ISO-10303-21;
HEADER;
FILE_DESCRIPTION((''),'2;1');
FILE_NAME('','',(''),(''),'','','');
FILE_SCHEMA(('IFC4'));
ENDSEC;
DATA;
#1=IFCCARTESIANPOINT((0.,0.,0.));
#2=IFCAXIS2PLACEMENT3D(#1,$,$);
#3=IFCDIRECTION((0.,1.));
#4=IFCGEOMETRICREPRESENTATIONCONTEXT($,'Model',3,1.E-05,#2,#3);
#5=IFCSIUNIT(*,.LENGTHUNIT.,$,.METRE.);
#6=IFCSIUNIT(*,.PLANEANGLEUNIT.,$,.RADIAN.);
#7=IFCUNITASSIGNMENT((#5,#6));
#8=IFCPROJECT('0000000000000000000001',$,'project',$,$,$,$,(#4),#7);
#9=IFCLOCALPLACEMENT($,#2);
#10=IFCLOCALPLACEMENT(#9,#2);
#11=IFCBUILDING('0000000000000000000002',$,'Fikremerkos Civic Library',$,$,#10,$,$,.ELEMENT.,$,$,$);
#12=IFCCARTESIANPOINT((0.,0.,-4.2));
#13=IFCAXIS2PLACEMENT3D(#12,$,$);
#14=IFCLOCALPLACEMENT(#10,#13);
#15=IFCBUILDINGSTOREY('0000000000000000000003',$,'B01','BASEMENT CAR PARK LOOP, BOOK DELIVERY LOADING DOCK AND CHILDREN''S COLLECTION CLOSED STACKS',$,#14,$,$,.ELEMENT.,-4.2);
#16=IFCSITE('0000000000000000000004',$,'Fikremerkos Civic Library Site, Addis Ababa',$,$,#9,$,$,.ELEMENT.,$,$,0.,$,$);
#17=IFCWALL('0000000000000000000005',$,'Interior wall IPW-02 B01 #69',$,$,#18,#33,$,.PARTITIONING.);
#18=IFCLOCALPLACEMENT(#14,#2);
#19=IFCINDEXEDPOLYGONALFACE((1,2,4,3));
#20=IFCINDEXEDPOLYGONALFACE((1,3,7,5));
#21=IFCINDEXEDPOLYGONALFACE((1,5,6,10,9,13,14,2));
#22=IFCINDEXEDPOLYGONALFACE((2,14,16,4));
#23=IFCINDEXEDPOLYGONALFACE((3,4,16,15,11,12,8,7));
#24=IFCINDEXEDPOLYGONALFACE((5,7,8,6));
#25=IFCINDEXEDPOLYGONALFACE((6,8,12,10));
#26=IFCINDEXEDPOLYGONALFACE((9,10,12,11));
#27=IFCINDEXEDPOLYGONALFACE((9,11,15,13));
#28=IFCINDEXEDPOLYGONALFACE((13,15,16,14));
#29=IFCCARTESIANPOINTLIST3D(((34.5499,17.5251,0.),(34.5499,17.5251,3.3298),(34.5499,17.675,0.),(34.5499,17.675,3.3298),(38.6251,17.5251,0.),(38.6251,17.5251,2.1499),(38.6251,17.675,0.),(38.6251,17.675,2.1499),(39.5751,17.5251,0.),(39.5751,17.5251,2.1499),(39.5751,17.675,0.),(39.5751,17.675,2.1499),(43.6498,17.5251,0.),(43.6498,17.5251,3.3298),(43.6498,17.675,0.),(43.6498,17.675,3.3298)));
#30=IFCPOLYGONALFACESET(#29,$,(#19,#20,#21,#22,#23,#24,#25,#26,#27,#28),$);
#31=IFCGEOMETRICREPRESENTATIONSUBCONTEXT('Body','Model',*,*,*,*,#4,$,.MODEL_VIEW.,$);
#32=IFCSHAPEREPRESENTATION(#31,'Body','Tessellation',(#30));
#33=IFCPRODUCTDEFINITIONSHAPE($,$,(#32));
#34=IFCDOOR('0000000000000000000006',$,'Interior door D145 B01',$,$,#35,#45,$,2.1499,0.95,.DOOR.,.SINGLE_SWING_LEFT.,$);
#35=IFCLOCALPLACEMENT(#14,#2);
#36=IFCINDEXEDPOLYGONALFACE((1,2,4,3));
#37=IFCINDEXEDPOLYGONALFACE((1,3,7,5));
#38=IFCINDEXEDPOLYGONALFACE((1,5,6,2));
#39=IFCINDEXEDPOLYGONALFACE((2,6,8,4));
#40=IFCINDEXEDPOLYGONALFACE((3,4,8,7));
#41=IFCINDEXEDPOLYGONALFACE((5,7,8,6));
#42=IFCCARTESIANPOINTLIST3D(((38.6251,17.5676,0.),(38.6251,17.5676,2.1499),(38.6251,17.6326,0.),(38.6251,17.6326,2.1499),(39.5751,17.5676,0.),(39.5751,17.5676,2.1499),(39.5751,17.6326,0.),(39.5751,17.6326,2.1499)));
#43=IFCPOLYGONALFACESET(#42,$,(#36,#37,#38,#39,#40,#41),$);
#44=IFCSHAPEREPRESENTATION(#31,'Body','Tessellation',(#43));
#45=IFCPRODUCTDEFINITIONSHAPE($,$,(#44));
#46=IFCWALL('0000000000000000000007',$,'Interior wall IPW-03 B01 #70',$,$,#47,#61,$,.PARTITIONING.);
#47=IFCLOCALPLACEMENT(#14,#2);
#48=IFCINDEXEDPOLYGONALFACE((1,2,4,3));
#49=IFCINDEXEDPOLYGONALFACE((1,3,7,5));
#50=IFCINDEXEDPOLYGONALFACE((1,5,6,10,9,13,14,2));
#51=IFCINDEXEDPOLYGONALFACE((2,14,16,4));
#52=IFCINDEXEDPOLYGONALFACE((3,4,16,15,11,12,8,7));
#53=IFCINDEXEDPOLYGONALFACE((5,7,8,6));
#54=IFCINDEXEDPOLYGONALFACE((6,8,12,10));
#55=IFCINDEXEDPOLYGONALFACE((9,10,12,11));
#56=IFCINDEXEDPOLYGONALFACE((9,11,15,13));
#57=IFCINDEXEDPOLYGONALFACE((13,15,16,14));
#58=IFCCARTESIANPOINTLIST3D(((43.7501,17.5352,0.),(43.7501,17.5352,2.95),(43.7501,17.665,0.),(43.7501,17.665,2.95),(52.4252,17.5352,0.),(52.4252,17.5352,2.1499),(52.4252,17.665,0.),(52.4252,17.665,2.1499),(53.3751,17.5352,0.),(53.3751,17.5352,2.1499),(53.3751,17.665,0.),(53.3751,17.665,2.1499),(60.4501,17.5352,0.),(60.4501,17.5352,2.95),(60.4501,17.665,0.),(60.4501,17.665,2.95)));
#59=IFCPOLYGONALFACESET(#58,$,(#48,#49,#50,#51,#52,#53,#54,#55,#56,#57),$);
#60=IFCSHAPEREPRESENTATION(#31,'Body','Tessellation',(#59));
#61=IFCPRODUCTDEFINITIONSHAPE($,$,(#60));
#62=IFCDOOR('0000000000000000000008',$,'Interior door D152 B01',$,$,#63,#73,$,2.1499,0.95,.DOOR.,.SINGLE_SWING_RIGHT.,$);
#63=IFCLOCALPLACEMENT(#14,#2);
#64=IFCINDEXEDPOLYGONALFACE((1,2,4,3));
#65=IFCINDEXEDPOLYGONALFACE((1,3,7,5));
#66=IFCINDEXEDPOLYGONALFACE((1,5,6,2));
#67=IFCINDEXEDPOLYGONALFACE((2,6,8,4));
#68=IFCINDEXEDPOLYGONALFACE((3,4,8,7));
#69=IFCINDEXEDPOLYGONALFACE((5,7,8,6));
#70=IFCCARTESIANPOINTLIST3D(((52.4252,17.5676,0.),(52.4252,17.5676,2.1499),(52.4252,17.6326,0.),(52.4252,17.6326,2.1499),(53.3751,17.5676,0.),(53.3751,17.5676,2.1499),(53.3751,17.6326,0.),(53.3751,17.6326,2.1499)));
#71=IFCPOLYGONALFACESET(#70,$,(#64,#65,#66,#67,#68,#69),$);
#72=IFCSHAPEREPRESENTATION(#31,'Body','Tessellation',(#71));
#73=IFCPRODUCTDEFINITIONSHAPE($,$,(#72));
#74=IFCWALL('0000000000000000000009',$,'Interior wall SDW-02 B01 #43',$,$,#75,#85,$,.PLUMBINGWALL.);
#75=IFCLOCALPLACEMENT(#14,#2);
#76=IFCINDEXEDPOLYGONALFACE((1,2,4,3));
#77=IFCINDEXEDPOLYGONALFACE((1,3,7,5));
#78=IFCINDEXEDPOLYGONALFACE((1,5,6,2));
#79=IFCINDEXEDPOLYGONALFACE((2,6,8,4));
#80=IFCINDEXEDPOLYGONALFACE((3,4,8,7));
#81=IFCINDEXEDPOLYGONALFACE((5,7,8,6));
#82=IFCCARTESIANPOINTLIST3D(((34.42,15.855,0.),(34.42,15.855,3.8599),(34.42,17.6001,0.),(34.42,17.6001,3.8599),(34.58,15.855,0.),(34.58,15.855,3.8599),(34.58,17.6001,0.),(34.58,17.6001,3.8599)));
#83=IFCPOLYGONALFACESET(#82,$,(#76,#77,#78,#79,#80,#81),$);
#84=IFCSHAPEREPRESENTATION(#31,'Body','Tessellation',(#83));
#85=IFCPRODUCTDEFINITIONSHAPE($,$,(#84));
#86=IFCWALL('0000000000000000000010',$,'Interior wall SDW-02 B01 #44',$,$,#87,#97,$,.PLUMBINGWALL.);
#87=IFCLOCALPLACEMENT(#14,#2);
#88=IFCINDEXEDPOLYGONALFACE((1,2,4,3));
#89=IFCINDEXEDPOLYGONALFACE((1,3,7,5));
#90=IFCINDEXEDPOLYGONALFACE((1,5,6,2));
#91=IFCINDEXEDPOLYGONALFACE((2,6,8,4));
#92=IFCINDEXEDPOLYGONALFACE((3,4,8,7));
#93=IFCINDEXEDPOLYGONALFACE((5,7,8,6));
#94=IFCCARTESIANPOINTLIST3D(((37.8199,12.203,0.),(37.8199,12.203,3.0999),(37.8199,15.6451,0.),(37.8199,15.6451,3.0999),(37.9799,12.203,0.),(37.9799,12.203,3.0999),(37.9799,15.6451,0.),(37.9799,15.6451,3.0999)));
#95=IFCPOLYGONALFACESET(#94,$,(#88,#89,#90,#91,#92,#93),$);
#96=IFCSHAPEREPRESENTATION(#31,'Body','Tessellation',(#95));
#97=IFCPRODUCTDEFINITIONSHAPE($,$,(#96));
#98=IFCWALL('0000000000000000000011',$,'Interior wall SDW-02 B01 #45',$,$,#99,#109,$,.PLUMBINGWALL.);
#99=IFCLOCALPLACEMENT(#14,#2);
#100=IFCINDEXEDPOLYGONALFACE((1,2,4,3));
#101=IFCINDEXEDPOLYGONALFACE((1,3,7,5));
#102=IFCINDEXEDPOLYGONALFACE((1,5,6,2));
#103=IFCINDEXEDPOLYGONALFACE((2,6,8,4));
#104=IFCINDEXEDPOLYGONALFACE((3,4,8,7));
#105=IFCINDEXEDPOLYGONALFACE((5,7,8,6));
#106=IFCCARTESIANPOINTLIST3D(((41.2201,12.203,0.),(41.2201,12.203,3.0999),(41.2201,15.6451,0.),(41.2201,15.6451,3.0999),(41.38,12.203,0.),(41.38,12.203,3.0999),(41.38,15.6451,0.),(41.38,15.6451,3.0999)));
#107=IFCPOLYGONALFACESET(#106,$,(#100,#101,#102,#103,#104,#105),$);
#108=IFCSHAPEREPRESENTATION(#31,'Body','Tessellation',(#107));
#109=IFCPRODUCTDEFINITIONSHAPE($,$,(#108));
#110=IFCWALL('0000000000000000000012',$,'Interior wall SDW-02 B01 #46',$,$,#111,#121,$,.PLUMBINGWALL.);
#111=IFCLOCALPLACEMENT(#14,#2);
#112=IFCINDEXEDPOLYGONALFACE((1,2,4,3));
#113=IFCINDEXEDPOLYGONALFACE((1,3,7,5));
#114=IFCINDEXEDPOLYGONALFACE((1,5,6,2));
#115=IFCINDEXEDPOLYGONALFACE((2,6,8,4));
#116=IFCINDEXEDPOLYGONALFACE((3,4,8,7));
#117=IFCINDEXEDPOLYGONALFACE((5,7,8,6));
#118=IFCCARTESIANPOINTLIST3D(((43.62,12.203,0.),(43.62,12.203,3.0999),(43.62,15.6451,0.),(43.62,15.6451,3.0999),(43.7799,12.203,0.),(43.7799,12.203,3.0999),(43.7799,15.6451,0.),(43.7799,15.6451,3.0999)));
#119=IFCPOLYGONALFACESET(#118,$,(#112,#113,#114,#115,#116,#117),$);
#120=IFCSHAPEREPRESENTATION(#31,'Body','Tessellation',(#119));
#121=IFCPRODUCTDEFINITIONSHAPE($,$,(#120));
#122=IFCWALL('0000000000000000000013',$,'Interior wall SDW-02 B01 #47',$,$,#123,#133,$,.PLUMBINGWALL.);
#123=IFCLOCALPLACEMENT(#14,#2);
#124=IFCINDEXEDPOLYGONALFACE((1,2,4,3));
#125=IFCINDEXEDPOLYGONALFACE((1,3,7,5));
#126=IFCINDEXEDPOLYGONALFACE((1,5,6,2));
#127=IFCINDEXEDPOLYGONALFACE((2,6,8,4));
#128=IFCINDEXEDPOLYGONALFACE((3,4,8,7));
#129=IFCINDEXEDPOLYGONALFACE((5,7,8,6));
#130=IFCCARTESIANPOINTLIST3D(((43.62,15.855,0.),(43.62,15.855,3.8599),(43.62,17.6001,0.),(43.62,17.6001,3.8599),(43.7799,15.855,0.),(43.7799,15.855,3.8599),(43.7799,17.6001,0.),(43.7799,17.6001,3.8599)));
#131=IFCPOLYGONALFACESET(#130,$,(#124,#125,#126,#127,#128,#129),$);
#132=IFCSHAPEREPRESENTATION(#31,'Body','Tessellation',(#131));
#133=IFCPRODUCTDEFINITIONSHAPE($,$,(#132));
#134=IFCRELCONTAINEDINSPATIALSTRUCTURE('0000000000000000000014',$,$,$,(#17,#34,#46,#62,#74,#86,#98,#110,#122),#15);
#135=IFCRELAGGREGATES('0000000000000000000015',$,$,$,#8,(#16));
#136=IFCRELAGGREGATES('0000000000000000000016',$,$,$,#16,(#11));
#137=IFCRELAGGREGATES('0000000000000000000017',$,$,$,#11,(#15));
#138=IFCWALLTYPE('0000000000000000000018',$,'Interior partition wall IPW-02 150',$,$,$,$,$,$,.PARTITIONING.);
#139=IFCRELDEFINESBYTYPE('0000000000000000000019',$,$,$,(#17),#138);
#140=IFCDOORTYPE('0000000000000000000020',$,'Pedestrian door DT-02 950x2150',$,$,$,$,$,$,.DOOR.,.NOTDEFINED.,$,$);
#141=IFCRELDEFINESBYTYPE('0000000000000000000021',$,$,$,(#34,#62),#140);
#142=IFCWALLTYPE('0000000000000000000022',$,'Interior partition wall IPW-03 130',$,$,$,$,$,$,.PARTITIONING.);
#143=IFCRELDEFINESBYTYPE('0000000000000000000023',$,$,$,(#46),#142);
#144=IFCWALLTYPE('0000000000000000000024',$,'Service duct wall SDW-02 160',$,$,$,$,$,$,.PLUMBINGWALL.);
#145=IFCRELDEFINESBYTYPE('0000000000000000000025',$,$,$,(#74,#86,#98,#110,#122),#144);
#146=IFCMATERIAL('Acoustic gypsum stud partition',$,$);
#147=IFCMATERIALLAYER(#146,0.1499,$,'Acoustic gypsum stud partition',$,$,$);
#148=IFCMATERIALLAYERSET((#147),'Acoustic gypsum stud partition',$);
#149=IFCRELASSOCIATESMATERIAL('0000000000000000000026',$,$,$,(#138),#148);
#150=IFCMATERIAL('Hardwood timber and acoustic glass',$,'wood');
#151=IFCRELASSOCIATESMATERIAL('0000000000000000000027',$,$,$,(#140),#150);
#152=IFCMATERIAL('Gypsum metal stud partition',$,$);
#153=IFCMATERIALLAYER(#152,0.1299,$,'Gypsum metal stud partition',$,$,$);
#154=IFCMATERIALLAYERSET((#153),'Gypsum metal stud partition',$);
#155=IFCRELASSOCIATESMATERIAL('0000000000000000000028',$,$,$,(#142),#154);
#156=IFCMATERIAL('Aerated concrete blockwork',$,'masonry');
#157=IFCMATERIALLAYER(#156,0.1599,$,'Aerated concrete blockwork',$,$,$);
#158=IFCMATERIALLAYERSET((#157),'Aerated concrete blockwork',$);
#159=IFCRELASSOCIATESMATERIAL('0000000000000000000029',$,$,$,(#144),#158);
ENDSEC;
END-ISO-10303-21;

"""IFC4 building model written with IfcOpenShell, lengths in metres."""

from ifc_helpers import new_model, si_unit, direction, frame, frame_2d, origin, place, context, subcontext, project, spatial, rectangle, extrude, material, layer, layer_set, type_object, element, fill, save


model = new_model("IFC4")

# Units and contexts
model_context = context("Model", 3, precision=1e-05, world=origin(), true_north=direction((0.0, 1.0)))
body_context = subcontext(model_context, "Body", "Model", "MODEL_VIEW")
ifc_project = project(units=[si_unit("LENGTHUNIT", "METRE"), si_unit("PLANEANGLEUNIT", "RADIAN")], contexts=[model_context])

# Site, building, storey
site_placement = place(None, origin())
site = spatial("IfcSite", under=ifc_project, at=site_placement, Name="Fikremerkos Civic Library Site, Addis Ababa", CompositionType="ELEMENT", RefElevation=0.0)
building_placement = place(site_placement, origin())
building = spatial("IfcBuilding", under=site, at=building_placement, Name="Fikremerkos Civic Library", CompositionType="ELEMENT")
storey_placement = place(building_placement, frame((0.0, 0.0, -4.2)))
storey = spatial("IfcBuildingStorey", under=building, at=storey_placement, Name="B01", Description="BASEMENT CAR PARK LOOP, BOOK DELIVERY LOADING DOCK AND CHILDREN'S COLLECTION CLOSED STACKS", CompositionType="ELEMENT", Elevation=-4.2)

# Walls, openings, doors
ifc_material_1 = material(Name="Acoustic gypsum stud partition")
ifc_layer_1 = layer(ifc_material_1, 0.1499, Name="Acoustic gypsum stud partition")
ifc_layer_set_1 = layer_set([ifc_layer_1], Name="Acoustic gypsum stud partition")
wall_type_1 = type_object("IfcWallType", Name="Interior partition wall IPW-02 150", PredefinedType="PARTITIONING", material=ifc_layer_set_1)
wall_1_placement = place(storey_placement, frame((34.55, 17.6001, 0.0), z_axis=(0.0, 0.0, 1.0), x_axis=(1.0, 0.0, 0.0)))
wall_1 = element("IfcWall", 1, at=wall_1_placement, inside=storey, type_object=wall_type_1, Name="Interior wall IPW-02 B01 #69", PredefinedType="PARTITIONING", context=body_context, shape_type="SweptSolid", body=[
    extrude(rectangle(XDim=9.0999, YDim=0.1499, at=frame_2d((4.5498, 0.0))), origin(), (0.0, 0.0, 1.0), 3.3298),
])
opening_1_placement = place(wall_1_placement, frame((4.075, 0.0, 0.0)))
opening_1 = element("IfcOpeningElement", 2, at=opening_1_placement, cuts=wall_1, PredefinedType="OPENING", context=body_context, shape_type="SweptSolid", body=[
    extrude(rectangle(XDim=0.95, YDim=2.1499, at=frame_2d((0.4751, 1.075))), frame((0.0, 0.085, 0.0), z_axis=(0.0, -1.0, 0.0), x_axis=(1.0, 0.0, 0.0)), (0.0, 0.0, 1.0), 0.1699),
])
ifc_material_2 = material(Name="Hardwood timber and acoustic glass", Category="wood")
door_type = type_object("IfcDoorType", Name="Pedestrian door DT-02 950x2150", OperationType="NOTDEFINED", PredefinedType="DOOR", material=ifc_material_2)
door_1_placement = place(opening_1_placement, origin())
door_1 = element("IfcDoor", 3, at=door_1_placement, inside=storey, type_object=door_type, Name="Interior door D145 B01", OperationType="SINGLE_SWING_LEFT", OverallHeight=2.1499, OverallWidth=0.95, PredefinedType="DOOR", context=body_context, shape_type="SweptSolid", body=[
    extrude(rectangle(XDim=0.95, YDim=2.1499, at=frame_2d((0.4751, 1.075))), frame((0.0, 0.0325, 0.0), z_axis=(0.0, -1.0, 0.0), x_axis=(1.0, 0.0, 0.0)), (0.0, 0.0, 1.0), 0.0649),
])
fill(opening_1, door_1)
ifc_material_3 = material(Name="Gypsum metal stud partition")
ifc_layer_2 = layer(ifc_material_3, 0.1299, Name="Gypsum metal stud partition")
ifc_layer_set_2 = layer_set([ifc_layer_2], Name="Gypsum metal stud partition")
wall_type_2 = type_object("IfcWallType", Name="Interior partition wall IPW-03 130", PredefinedType="PARTITIONING", material=ifc_layer_set_2)
wall_2_placement = place(storey_placement, frame((43.75, 17.6001, 0.0), z_axis=(0.0, 0.0, 1.0), x_axis=(1.0, 0.0, 0.0)))
wall_2 = element("IfcWall", 4, at=wall_2_placement, inside=storey, type_object=wall_type_2, Name="Interior wall IPW-03 B01 #70", PredefinedType="PARTITIONING", context=body_context, shape_type="SweptSolid", body=[
    extrude(rectangle(XDim=16.7, YDim=0.1299, at=frame_2d((8.3501, 0.0))), origin(), (0.0, 0.0, 1.0), 2.95),
])
opening_2_placement = place(wall_2_placement, frame((8.675, 0.0, 0.0)))
opening_2 = element("IfcOpeningElement", 5, at=opening_2_placement, cuts=wall_2, PredefinedType="OPENING", context=body_context, shape_type="SweptSolid", body=[
    extrude(rectangle(XDim=0.95, YDim=2.1499, at=frame_2d((0.4751, 1.075))), frame((0.0, 0.075, 0.0), z_axis=(0.0, -1.0, 0.0), x_axis=(1.0, 0.0, 0.0)), (0.0, 0.0, 1.0), 0.1499),
])
door_2_placement = place(opening_2_placement, origin())
door_2 = element("IfcDoor", 6, at=door_2_placement, inside=storey, type_object=door_type, Name="Interior door D152 B01", OperationType="SINGLE_SWING_RIGHT", OverallHeight=2.1499, OverallWidth=0.95, PredefinedType="DOOR", context=body_context, shape_type="SweptSolid", body=[
    extrude(rectangle(XDim=0.95, YDim=2.1499, at=frame_2d((0.4751, 1.075))), frame((0.0, 0.0325, 0.0), z_axis=(0.0, -1.0, 0.0), x_axis=(1.0, 0.0, 0.0)), (0.0, 0.0, 1.0), 0.0649),
])
fill(opening_2, door_2)

# Walls
ifc_material_4 = material(Name="Aerated concrete blockwork", Category="masonry")
ifc_layer_3 = layer(ifc_material_4, 0.1599, Name="Aerated concrete blockwork")
ifc_layer_set_3 = layer_set([ifc_layer_3], Name="Aerated concrete blockwork")
wall_type_3 = type_object("IfcWallType", Name="Service duct wall SDW-02 160", PredefinedType="PLUMBINGWALL", material=ifc_layer_set_3)
wall_3_placement = place(storey_placement, frame((34.5, 15.855, 0.0), z_axis=(0.0, 0.0, 1.0), x_axis=(0.0, 1.0, 0.0)))
element("IfcWall", 7, at=wall_3_placement, inside=storey, type_object=wall_type_3, Name="Interior wall SDW-02 B01 #43", PredefinedType="PLUMBINGWALL", context=body_context, shape_type="SweptSolid", body=[
    extrude(rectangle(XDim=1.7451, YDim=0.1599, at=frame_2d((0.8726, 0.0))), origin(), (0.0, 0.0, 1.0), 3.8599),
])
for number, where, z_axis, x_axis, name in (
    (8, (37.8999, 12.2029, 0.0), (0.0, 0.0, 1.0), (0.0, 1.0, 0.0), "Interior wall SDW-02 B01 #44"),
    (9, (41.3, 12.2029, 0.0), (0.0, 0.0, 1.0), (0.0, 1.0, 0.0), "Interior wall SDW-02 B01 #45"),
    (10, (43.7, 12.2029, 0.0), (0.0, 0.0, 1.0), (0.0, 1.0, 0.0), "Interior wall SDW-02 B01 #46"),
):
    element("IfcWall", number, at=place(storey_placement, frame(where, z_axis=z_axis, x_axis=x_axis)), inside=storey, type_object=wall_type_3, Name=name, PredefinedType="PLUMBINGWALL", context=body_context, shape_type="SweptSolid", body=[
        extrude(rectangle(XDim=3.4421, YDim=0.1599, at=frame_2d((1.7212, 0.0))), origin(), (0.0, 0.0, 1.0), 3.0999),
    ])
wall_4_placement = place(storey_placement, frame((43.7, 15.855, 0.0), z_axis=(0.0, 0.0, 1.0), x_axis=(0.0, 1.0, 0.0)))
element("IfcWall", 11, at=wall_4_placement, inside=storey, type_object=wall_type_3, Name="Interior wall SDW-02 B01 #47", PredefinedType="PLUMBINGWALL", context=body_context, shape_type="SweptSolid", body=[
    extrude(rectangle(XDim=1.7451, YDim=0.1599, at=frame_2d((0.8726, 0.0))), origin(), (0.0, 0.0, 1.0), 3.8599),
])

save(model, "model.ifc")
